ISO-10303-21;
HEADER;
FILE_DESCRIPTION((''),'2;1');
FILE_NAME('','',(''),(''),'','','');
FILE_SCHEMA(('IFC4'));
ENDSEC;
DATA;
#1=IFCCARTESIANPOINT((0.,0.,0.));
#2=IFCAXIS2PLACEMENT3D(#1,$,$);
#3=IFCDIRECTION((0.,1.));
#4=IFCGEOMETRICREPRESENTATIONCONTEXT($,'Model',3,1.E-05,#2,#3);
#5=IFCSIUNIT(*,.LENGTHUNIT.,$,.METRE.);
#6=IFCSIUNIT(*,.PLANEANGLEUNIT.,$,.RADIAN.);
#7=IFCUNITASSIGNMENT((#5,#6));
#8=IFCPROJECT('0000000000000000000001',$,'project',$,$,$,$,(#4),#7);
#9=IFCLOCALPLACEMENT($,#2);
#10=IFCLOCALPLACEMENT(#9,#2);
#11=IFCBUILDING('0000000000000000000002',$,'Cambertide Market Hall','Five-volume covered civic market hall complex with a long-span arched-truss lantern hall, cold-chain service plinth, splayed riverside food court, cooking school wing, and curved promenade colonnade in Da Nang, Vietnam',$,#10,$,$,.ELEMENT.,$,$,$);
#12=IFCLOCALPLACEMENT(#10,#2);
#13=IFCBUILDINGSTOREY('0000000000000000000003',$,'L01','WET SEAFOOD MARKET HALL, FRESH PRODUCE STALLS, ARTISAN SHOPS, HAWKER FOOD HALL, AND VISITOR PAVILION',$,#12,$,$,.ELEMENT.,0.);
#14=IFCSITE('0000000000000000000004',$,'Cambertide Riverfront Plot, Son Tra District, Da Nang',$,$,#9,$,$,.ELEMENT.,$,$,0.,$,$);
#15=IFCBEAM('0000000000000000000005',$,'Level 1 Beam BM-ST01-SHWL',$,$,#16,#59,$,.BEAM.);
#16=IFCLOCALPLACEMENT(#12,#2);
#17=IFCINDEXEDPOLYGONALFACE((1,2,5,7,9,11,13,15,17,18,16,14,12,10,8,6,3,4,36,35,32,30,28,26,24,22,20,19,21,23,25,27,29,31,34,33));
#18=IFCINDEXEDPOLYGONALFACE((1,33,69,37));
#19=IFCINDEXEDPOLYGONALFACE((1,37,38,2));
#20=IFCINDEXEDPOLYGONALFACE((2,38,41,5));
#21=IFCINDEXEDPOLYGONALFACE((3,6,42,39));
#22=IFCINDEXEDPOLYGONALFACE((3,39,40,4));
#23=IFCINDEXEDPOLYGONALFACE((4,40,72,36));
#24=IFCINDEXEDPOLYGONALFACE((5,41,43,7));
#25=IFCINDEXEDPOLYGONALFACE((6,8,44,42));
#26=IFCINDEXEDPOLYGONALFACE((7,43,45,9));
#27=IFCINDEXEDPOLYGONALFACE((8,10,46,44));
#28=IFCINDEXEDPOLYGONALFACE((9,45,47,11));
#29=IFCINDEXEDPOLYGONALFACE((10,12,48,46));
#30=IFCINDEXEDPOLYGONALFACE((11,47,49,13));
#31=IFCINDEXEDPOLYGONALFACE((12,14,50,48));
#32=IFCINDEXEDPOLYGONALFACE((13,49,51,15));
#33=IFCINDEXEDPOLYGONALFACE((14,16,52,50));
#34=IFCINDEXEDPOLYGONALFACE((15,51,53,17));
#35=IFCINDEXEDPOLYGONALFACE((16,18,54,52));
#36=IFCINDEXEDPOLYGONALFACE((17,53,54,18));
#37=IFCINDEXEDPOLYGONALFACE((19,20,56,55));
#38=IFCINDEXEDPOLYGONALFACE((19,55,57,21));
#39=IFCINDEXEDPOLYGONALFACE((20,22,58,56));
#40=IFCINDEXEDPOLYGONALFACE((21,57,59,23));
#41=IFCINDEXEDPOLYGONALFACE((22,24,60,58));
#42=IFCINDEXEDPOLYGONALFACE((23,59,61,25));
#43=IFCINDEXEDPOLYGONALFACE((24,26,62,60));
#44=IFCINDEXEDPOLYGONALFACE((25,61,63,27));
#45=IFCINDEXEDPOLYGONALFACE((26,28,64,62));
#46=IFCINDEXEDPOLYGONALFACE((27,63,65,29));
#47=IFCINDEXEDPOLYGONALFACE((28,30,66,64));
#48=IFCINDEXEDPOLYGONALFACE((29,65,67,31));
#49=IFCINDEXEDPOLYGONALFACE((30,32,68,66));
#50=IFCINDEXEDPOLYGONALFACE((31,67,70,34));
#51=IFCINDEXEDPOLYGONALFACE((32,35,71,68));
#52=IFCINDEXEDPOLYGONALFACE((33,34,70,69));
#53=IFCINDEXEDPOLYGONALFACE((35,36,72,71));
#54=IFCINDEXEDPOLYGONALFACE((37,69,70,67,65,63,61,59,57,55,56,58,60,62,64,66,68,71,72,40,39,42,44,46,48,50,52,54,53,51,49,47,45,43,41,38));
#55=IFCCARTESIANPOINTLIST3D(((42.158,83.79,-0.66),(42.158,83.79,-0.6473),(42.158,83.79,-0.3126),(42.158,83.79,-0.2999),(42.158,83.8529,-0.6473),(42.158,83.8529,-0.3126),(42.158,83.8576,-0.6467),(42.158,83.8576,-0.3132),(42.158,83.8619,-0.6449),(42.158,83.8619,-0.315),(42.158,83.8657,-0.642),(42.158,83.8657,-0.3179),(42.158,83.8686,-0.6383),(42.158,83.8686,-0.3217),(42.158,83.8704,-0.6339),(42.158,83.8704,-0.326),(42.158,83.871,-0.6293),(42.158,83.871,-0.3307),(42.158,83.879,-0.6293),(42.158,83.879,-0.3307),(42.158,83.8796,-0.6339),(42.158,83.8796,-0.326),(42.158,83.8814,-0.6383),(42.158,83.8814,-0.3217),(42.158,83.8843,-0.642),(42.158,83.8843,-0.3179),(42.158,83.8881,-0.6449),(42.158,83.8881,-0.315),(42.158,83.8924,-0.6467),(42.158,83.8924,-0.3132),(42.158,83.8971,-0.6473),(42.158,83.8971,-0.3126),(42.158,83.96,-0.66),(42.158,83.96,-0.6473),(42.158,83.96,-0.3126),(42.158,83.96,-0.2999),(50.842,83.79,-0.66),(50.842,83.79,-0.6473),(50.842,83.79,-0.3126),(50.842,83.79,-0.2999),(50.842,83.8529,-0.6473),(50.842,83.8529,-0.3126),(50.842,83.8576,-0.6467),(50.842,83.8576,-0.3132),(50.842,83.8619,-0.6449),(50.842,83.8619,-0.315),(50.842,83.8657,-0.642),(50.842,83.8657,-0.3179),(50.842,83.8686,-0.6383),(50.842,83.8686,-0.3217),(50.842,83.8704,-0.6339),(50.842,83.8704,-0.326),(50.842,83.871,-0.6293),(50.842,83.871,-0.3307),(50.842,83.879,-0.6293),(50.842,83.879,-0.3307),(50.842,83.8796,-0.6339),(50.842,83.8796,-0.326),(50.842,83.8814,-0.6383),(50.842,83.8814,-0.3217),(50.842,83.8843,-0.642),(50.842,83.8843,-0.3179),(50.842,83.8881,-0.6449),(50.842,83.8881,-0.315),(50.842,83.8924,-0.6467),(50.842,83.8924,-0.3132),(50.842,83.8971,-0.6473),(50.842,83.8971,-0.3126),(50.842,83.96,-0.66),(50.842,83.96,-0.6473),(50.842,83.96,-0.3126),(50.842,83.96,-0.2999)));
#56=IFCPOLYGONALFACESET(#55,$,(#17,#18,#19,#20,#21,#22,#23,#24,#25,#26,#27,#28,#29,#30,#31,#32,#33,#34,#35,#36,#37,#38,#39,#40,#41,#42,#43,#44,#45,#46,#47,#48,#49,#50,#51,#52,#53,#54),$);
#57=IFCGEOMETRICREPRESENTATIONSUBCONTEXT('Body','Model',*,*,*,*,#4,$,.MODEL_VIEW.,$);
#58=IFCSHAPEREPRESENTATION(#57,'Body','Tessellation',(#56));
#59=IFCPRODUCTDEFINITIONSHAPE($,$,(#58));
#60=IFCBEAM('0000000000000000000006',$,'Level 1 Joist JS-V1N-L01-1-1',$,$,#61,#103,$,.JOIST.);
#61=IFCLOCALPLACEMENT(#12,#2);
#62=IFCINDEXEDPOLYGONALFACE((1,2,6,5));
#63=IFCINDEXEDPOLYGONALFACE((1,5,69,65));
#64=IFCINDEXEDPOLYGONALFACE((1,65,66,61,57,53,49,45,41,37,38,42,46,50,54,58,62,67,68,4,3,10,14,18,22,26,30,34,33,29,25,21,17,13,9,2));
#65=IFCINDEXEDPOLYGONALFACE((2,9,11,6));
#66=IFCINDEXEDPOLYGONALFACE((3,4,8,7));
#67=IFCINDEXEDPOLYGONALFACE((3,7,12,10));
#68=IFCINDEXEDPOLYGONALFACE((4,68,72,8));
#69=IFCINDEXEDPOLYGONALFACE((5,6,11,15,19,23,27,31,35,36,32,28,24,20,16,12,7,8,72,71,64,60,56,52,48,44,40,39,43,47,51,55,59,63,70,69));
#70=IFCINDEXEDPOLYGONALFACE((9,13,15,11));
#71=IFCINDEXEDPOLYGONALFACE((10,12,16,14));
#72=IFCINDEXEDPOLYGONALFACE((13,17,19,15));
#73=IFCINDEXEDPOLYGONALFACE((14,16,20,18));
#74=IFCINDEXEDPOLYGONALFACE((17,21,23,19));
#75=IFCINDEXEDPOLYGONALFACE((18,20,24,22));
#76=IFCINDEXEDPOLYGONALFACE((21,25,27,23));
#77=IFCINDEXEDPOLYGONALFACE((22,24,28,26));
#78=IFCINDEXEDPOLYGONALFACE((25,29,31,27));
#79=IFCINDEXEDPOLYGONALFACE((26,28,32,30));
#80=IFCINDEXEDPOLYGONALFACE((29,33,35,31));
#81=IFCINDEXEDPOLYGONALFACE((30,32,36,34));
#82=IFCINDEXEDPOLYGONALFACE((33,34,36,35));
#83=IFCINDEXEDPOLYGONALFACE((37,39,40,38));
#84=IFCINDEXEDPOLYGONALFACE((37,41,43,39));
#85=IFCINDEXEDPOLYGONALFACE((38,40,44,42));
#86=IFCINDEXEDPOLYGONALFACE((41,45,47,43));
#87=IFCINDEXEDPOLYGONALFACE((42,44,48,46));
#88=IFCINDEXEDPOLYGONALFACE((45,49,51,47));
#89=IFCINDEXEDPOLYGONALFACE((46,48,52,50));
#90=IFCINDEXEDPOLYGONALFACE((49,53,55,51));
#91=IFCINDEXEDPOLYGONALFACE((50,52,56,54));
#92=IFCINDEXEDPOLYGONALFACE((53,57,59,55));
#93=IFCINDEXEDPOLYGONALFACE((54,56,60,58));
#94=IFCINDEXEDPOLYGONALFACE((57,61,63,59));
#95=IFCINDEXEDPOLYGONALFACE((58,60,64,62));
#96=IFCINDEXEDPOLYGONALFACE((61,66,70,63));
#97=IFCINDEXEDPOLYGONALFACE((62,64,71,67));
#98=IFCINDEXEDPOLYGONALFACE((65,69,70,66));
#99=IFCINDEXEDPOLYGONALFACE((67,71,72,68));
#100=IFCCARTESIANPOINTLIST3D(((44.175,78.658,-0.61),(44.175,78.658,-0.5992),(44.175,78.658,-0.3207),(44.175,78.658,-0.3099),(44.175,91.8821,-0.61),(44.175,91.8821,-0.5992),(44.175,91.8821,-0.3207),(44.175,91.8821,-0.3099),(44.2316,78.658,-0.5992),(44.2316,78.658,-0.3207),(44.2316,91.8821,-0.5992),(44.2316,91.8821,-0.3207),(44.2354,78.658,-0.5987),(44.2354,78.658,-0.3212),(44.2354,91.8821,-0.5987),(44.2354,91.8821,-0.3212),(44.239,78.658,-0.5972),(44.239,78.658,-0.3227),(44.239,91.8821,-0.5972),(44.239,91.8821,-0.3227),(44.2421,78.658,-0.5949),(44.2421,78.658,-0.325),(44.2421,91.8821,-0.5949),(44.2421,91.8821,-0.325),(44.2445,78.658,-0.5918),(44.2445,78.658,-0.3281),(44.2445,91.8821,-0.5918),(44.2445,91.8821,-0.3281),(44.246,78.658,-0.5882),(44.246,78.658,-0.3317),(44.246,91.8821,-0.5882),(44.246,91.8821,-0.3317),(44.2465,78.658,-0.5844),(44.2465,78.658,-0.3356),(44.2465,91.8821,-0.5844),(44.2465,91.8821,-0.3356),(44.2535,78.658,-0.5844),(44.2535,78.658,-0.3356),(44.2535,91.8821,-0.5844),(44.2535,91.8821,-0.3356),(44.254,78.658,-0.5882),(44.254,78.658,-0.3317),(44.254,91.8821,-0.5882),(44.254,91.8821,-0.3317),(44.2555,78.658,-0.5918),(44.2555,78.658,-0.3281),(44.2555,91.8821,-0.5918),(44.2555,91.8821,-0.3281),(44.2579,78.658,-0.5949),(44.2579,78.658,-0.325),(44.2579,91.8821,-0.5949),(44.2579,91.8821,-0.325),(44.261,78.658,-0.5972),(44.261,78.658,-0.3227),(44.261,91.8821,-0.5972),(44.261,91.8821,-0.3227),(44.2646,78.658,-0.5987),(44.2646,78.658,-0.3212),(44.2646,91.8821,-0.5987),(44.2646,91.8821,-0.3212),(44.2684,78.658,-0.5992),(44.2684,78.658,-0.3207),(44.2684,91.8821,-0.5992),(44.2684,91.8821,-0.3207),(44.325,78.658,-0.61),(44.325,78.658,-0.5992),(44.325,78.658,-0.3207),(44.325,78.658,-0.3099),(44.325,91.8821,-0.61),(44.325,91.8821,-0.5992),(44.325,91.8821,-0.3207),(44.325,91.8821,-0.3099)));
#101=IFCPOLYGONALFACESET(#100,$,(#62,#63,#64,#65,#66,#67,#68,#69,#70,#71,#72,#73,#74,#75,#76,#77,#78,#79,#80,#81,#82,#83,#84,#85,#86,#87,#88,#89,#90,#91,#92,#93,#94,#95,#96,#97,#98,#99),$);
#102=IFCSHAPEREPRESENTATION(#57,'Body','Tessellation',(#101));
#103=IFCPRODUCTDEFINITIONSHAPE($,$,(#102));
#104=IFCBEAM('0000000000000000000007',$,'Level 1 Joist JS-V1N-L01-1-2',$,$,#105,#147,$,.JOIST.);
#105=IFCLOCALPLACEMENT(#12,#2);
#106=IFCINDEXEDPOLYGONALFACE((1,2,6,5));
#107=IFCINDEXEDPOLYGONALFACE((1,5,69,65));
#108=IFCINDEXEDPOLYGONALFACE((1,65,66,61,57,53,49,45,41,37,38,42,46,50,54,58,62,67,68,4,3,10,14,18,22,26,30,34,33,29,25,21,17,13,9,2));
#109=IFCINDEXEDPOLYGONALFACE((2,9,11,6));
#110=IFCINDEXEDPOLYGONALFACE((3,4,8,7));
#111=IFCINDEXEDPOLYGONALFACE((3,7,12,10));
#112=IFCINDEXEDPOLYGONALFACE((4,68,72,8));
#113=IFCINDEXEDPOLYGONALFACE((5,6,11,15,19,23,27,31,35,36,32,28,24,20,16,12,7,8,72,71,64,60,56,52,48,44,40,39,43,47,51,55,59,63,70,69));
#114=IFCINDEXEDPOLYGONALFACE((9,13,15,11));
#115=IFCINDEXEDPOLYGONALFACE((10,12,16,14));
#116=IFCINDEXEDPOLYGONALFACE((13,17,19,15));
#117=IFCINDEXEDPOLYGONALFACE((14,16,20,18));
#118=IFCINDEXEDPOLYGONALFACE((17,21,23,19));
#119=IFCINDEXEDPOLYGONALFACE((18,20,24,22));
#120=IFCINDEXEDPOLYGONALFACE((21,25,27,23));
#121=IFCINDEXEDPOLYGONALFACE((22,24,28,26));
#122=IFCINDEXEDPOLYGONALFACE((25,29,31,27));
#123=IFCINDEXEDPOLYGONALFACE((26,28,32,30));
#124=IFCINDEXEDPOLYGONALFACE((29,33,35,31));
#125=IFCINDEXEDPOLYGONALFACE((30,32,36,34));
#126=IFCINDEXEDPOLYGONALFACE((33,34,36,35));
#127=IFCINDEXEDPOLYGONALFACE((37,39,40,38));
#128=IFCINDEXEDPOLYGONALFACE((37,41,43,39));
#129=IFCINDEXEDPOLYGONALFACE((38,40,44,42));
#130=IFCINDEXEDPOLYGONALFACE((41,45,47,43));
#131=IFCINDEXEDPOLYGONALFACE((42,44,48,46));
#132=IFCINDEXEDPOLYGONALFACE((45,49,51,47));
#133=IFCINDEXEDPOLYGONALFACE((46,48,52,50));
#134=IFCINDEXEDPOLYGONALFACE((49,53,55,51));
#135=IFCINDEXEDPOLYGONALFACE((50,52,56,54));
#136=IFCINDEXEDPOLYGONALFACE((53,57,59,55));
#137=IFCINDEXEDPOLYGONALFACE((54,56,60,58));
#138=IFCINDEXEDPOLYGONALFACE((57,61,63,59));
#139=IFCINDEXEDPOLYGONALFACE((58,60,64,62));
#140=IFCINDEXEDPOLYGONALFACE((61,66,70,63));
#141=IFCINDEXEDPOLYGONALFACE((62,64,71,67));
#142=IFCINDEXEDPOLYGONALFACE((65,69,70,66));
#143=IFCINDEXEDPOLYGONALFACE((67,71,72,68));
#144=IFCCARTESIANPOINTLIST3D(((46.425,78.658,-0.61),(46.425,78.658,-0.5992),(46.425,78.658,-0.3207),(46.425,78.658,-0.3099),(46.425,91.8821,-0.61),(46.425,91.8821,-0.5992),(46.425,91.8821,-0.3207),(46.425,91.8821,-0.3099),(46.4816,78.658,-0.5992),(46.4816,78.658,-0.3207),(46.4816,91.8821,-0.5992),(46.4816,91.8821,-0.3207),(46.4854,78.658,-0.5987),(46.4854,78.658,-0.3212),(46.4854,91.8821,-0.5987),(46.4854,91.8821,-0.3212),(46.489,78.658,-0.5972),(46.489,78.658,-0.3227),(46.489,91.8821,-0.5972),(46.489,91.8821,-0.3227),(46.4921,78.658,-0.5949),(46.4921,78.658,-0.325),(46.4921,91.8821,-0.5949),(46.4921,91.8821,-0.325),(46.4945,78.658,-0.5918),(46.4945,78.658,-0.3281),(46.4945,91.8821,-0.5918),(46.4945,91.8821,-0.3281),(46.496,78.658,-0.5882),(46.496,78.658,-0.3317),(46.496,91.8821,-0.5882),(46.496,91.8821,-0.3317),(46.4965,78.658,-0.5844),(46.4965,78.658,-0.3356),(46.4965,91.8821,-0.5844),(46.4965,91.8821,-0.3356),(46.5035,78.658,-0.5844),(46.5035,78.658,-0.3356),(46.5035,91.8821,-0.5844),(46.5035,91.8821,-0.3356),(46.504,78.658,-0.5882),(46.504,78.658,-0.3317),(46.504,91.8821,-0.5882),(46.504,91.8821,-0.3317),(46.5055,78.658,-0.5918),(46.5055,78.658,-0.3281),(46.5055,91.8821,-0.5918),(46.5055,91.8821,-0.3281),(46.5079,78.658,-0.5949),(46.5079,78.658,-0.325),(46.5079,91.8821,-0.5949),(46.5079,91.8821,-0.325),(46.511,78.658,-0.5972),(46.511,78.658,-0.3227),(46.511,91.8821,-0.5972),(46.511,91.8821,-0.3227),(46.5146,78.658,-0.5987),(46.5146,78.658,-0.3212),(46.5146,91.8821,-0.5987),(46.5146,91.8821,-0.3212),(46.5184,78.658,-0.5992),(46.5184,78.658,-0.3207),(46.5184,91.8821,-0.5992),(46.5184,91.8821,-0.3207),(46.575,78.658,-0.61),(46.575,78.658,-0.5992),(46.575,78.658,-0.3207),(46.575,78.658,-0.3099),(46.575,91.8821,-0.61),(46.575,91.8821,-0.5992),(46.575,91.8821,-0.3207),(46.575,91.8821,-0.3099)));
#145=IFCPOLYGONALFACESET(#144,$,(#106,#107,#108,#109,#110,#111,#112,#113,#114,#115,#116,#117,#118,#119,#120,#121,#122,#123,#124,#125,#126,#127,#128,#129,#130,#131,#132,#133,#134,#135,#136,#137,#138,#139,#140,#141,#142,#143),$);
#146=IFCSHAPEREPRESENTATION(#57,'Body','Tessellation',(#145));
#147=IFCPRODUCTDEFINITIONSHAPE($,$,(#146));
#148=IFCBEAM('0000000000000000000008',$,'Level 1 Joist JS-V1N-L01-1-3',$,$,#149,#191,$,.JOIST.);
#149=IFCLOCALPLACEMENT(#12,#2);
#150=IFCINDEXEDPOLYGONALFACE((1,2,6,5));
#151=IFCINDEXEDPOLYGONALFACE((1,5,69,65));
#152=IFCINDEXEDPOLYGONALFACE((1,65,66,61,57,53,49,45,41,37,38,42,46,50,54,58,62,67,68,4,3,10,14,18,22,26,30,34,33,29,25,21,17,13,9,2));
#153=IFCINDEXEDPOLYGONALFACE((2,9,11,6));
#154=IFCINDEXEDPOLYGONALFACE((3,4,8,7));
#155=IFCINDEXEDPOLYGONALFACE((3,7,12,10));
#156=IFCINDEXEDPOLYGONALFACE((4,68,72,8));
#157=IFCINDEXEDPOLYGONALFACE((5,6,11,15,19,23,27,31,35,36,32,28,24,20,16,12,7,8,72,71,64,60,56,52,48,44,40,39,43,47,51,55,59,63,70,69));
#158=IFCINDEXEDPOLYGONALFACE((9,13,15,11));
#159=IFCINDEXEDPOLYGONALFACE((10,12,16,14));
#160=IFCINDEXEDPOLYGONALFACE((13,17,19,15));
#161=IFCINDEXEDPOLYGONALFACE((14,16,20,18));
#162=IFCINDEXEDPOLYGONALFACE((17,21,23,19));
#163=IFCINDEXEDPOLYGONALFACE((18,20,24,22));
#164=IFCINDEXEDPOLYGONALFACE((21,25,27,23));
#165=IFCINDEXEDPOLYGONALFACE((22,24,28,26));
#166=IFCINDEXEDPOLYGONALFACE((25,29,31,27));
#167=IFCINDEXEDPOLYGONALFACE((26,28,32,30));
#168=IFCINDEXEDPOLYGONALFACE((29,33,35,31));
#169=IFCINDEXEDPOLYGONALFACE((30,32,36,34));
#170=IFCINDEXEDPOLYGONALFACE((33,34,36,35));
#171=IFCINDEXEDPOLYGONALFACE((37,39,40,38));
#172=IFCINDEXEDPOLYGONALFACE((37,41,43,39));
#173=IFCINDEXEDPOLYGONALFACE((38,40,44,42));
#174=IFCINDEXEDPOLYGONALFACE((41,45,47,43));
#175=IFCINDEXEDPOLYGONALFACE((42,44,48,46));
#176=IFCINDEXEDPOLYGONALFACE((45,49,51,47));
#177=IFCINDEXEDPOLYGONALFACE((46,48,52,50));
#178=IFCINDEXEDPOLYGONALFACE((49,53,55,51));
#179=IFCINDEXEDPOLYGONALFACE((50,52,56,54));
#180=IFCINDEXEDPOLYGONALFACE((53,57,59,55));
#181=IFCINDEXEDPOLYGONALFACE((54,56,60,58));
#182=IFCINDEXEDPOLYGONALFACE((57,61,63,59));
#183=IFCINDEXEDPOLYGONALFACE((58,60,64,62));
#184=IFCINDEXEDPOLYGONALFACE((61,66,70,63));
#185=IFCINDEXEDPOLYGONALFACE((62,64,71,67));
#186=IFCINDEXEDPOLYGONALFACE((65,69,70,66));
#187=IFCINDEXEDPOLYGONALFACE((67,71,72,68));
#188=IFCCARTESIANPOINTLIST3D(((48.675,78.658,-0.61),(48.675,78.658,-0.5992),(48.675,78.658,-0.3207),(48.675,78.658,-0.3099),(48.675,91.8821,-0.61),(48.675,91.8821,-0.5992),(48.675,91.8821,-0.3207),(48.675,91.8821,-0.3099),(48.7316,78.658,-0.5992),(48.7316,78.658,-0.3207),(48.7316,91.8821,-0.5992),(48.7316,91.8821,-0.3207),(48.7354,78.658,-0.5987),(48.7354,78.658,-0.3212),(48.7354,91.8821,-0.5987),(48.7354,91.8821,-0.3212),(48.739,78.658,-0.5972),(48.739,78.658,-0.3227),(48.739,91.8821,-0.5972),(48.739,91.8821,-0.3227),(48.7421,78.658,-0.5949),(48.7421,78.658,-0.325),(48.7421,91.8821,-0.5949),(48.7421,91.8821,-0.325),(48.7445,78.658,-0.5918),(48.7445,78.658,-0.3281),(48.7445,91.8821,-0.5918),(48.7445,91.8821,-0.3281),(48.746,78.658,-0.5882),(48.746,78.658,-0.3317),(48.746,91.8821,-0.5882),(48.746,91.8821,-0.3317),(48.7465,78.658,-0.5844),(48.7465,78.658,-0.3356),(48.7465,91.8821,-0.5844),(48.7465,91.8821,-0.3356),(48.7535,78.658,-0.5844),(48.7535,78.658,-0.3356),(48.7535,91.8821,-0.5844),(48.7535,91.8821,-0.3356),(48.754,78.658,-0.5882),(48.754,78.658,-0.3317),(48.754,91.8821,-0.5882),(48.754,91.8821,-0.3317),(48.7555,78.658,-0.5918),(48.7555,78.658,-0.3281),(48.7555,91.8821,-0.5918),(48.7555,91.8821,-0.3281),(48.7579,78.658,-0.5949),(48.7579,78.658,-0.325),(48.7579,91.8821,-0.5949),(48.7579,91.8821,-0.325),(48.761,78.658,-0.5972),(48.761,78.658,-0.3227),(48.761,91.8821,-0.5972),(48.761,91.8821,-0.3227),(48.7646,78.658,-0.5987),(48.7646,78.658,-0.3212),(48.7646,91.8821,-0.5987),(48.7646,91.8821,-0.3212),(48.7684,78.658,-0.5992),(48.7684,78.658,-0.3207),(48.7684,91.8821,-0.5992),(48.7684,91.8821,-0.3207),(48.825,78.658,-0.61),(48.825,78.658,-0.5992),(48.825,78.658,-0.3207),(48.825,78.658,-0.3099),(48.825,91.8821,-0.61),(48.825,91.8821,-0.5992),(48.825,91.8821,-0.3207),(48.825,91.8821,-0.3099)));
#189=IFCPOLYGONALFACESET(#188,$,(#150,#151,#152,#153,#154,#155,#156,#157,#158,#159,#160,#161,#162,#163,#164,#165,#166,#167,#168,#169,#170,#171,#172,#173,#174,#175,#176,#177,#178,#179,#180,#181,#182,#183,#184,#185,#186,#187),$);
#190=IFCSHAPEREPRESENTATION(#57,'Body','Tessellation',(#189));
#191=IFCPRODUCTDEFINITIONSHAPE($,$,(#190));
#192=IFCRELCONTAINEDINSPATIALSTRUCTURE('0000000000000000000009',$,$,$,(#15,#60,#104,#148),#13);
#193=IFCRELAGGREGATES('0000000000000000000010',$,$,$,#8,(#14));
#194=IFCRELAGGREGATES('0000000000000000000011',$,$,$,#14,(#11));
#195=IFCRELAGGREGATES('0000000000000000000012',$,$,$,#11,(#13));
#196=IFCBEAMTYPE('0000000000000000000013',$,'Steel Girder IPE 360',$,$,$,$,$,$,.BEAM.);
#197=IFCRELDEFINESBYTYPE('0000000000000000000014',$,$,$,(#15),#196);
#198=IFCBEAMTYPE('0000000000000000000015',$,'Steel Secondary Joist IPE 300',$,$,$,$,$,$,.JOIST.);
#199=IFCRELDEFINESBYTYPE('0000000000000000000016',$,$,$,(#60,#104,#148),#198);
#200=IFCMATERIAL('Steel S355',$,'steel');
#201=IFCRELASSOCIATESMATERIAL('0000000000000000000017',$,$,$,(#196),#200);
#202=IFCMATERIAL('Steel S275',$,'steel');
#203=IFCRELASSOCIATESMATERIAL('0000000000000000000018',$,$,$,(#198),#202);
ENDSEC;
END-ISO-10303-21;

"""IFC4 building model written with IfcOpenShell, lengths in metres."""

from ifc_helpers import new_model, si_unit, direction, frame, origin, origin_2d, place, context, subcontext, project, spatial, i_section, extrude, material, material_profile, profile_set, type_object, element, save


model = new_model("IFC4")

# Units and contexts
model_context = context("Model", 3, precision=1e-05, world=origin(), true_north=direction((0.0, 1.0)))
body_context = subcontext(model_context, "Body", "Model", "MODEL_VIEW")
ifc_project = project(units=[si_unit("LENGTHUNIT", "METRE"), si_unit("PLANEANGLEUNIT", "RADIAN")], contexts=[model_context])

# Site, building, storey
site_placement = place(None, origin())
site = spatial("IfcSite", under=ifc_project, at=site_placement, Name="Cambertide Riverfront Plot, Son Tra District, Da Nang", CompositionType="ELEMENT", RefElevation=0.0)
building_placement = place(site_placement, origin())
building = spatial("IfcBuilding", under=site, at=building_placement, Name="Cambertide Market Hall", Description="Five-volume covered civic market hall complex with a long-span arched-truss lantern hall, cold-chain service plinth, splayed riverside food court, cooking school wing, and curved promenade colonnade in Da Nang, Vietnam", CompositionType="ELEMENT")
storey_placement = place(building_placement, origin())
storey = spatial("IfcBuildingStorey", under=building, at=storey_placement, Name="L01", Description="WET SEAFOOD MARKET HALL, FRESH PRODUCE STALLS, ARTISAN SHOPS, HAWKER FOOD HALL, AND VISITOR PAVILION", CompositionType="ELEMENT", Elevation=0.0)

# Beams
ifc_material_1 = material(Name="Steel S355", Category="steel")
ifc_material_profile_1 = material_profile(ifc_material_1, i_section(OverallWidth=0.1699, OverallDepth=0.3601, WebThickness=0.0081, FlangeThickness=0.0127, FilletRadius=0.0181, at=origin_2d()), Name="IPE 360")
ifc_profile_set_1 = profile_set([ifc_material_profile_1], Name="Steel S355")
beam_type_1 = type_object("IfcBeamType", Name="Steel Girder IPE 360", PredefinedType="BEAM", material=ifc_profile_set_1)
beam_placement = place(storey_placement, frame((42.158, 83.875, -0.48), z_axis=(1.0, 0.0, 0.0), x_axis=(0.0, 1.0, 0.0)))
element("IfcBeam", 1, at=beam_placement, inside=storey, type_object=beam_type_1, Name="Level 1 Beam BM-ST01-SHWL", PredefinedType="BEAM", context=body_context, shape_type="SweptSolid", body=[
    extrude(i_section(OverallWidth=0.1699, OverallDepth=0.3601, WebThickness=0.0081, FlangeThickness=0.0127, FilletRadius=0.0181, at=origin_2d()), origin(), (0.0, 0.0, 1.0), 8.6841),
])
ifc_material_2 = material(Name="Steel S275", Category="steel")
ifc_material_profile_2 = material_profile(ifc_material_2, i_section(OverallWidth=0.1499, OverallDepth=0.3, WebThickness=0.0071, FlangeThickness=0.0107, FilletRadius=0.0149, at=origin_2d()), Name="IPE 300")
ifc_profile_set_2 = profile_set([ifc_material_profile_2], Name="Steel S275")
beam_type_2 = type_object("IfcBeamType", Name="Steel Secondary Joist IPE 300", PredefinedType="JOIST", material=ifc_profile_set_2)
for number, where, z_axis, x_axis, name in (
    (2, (44.25, 78.658, -0.46), (0.0, 1.0, 0.0), (-1.0, 0.0, 0.0), "Level 1 Joist JS-V1N-L01-1-1"),
    (3, (46.5, 78.658, -0.46), (0.0, 1.0, 0.0), (-1.0, 0.0, 0.0), "Level 1 Joist JS-V1N-L01-1-2"),
    (4, (48.75, 78.658, -0.46), (0.0, 1.0, 0.0), (-1.0, 0.0, 0.0), "Level 1 Joist JS-V1N-L01-1-3"),
):
    element("IfcBeam", number, at=place(storey_placement, frame(where, z_axis=z_axis, x_axis=x_axis)), inside=storey, type_object=beam_type_2, Name=name, PredefinedType="JOIST", context=body_context, shape_type="SweptSolid", body=[
        extrude(i_section(OverallWidth=0.1499, OverallDepth=0.3, WebThickness=0.0071, FlangeThickness=0.0107, FilletRadius=0.0149, at=origin_2d()), origin(), (0.0, 0.0, 1.0), 13.2241),
    ])

save(model, "model.ifc")
